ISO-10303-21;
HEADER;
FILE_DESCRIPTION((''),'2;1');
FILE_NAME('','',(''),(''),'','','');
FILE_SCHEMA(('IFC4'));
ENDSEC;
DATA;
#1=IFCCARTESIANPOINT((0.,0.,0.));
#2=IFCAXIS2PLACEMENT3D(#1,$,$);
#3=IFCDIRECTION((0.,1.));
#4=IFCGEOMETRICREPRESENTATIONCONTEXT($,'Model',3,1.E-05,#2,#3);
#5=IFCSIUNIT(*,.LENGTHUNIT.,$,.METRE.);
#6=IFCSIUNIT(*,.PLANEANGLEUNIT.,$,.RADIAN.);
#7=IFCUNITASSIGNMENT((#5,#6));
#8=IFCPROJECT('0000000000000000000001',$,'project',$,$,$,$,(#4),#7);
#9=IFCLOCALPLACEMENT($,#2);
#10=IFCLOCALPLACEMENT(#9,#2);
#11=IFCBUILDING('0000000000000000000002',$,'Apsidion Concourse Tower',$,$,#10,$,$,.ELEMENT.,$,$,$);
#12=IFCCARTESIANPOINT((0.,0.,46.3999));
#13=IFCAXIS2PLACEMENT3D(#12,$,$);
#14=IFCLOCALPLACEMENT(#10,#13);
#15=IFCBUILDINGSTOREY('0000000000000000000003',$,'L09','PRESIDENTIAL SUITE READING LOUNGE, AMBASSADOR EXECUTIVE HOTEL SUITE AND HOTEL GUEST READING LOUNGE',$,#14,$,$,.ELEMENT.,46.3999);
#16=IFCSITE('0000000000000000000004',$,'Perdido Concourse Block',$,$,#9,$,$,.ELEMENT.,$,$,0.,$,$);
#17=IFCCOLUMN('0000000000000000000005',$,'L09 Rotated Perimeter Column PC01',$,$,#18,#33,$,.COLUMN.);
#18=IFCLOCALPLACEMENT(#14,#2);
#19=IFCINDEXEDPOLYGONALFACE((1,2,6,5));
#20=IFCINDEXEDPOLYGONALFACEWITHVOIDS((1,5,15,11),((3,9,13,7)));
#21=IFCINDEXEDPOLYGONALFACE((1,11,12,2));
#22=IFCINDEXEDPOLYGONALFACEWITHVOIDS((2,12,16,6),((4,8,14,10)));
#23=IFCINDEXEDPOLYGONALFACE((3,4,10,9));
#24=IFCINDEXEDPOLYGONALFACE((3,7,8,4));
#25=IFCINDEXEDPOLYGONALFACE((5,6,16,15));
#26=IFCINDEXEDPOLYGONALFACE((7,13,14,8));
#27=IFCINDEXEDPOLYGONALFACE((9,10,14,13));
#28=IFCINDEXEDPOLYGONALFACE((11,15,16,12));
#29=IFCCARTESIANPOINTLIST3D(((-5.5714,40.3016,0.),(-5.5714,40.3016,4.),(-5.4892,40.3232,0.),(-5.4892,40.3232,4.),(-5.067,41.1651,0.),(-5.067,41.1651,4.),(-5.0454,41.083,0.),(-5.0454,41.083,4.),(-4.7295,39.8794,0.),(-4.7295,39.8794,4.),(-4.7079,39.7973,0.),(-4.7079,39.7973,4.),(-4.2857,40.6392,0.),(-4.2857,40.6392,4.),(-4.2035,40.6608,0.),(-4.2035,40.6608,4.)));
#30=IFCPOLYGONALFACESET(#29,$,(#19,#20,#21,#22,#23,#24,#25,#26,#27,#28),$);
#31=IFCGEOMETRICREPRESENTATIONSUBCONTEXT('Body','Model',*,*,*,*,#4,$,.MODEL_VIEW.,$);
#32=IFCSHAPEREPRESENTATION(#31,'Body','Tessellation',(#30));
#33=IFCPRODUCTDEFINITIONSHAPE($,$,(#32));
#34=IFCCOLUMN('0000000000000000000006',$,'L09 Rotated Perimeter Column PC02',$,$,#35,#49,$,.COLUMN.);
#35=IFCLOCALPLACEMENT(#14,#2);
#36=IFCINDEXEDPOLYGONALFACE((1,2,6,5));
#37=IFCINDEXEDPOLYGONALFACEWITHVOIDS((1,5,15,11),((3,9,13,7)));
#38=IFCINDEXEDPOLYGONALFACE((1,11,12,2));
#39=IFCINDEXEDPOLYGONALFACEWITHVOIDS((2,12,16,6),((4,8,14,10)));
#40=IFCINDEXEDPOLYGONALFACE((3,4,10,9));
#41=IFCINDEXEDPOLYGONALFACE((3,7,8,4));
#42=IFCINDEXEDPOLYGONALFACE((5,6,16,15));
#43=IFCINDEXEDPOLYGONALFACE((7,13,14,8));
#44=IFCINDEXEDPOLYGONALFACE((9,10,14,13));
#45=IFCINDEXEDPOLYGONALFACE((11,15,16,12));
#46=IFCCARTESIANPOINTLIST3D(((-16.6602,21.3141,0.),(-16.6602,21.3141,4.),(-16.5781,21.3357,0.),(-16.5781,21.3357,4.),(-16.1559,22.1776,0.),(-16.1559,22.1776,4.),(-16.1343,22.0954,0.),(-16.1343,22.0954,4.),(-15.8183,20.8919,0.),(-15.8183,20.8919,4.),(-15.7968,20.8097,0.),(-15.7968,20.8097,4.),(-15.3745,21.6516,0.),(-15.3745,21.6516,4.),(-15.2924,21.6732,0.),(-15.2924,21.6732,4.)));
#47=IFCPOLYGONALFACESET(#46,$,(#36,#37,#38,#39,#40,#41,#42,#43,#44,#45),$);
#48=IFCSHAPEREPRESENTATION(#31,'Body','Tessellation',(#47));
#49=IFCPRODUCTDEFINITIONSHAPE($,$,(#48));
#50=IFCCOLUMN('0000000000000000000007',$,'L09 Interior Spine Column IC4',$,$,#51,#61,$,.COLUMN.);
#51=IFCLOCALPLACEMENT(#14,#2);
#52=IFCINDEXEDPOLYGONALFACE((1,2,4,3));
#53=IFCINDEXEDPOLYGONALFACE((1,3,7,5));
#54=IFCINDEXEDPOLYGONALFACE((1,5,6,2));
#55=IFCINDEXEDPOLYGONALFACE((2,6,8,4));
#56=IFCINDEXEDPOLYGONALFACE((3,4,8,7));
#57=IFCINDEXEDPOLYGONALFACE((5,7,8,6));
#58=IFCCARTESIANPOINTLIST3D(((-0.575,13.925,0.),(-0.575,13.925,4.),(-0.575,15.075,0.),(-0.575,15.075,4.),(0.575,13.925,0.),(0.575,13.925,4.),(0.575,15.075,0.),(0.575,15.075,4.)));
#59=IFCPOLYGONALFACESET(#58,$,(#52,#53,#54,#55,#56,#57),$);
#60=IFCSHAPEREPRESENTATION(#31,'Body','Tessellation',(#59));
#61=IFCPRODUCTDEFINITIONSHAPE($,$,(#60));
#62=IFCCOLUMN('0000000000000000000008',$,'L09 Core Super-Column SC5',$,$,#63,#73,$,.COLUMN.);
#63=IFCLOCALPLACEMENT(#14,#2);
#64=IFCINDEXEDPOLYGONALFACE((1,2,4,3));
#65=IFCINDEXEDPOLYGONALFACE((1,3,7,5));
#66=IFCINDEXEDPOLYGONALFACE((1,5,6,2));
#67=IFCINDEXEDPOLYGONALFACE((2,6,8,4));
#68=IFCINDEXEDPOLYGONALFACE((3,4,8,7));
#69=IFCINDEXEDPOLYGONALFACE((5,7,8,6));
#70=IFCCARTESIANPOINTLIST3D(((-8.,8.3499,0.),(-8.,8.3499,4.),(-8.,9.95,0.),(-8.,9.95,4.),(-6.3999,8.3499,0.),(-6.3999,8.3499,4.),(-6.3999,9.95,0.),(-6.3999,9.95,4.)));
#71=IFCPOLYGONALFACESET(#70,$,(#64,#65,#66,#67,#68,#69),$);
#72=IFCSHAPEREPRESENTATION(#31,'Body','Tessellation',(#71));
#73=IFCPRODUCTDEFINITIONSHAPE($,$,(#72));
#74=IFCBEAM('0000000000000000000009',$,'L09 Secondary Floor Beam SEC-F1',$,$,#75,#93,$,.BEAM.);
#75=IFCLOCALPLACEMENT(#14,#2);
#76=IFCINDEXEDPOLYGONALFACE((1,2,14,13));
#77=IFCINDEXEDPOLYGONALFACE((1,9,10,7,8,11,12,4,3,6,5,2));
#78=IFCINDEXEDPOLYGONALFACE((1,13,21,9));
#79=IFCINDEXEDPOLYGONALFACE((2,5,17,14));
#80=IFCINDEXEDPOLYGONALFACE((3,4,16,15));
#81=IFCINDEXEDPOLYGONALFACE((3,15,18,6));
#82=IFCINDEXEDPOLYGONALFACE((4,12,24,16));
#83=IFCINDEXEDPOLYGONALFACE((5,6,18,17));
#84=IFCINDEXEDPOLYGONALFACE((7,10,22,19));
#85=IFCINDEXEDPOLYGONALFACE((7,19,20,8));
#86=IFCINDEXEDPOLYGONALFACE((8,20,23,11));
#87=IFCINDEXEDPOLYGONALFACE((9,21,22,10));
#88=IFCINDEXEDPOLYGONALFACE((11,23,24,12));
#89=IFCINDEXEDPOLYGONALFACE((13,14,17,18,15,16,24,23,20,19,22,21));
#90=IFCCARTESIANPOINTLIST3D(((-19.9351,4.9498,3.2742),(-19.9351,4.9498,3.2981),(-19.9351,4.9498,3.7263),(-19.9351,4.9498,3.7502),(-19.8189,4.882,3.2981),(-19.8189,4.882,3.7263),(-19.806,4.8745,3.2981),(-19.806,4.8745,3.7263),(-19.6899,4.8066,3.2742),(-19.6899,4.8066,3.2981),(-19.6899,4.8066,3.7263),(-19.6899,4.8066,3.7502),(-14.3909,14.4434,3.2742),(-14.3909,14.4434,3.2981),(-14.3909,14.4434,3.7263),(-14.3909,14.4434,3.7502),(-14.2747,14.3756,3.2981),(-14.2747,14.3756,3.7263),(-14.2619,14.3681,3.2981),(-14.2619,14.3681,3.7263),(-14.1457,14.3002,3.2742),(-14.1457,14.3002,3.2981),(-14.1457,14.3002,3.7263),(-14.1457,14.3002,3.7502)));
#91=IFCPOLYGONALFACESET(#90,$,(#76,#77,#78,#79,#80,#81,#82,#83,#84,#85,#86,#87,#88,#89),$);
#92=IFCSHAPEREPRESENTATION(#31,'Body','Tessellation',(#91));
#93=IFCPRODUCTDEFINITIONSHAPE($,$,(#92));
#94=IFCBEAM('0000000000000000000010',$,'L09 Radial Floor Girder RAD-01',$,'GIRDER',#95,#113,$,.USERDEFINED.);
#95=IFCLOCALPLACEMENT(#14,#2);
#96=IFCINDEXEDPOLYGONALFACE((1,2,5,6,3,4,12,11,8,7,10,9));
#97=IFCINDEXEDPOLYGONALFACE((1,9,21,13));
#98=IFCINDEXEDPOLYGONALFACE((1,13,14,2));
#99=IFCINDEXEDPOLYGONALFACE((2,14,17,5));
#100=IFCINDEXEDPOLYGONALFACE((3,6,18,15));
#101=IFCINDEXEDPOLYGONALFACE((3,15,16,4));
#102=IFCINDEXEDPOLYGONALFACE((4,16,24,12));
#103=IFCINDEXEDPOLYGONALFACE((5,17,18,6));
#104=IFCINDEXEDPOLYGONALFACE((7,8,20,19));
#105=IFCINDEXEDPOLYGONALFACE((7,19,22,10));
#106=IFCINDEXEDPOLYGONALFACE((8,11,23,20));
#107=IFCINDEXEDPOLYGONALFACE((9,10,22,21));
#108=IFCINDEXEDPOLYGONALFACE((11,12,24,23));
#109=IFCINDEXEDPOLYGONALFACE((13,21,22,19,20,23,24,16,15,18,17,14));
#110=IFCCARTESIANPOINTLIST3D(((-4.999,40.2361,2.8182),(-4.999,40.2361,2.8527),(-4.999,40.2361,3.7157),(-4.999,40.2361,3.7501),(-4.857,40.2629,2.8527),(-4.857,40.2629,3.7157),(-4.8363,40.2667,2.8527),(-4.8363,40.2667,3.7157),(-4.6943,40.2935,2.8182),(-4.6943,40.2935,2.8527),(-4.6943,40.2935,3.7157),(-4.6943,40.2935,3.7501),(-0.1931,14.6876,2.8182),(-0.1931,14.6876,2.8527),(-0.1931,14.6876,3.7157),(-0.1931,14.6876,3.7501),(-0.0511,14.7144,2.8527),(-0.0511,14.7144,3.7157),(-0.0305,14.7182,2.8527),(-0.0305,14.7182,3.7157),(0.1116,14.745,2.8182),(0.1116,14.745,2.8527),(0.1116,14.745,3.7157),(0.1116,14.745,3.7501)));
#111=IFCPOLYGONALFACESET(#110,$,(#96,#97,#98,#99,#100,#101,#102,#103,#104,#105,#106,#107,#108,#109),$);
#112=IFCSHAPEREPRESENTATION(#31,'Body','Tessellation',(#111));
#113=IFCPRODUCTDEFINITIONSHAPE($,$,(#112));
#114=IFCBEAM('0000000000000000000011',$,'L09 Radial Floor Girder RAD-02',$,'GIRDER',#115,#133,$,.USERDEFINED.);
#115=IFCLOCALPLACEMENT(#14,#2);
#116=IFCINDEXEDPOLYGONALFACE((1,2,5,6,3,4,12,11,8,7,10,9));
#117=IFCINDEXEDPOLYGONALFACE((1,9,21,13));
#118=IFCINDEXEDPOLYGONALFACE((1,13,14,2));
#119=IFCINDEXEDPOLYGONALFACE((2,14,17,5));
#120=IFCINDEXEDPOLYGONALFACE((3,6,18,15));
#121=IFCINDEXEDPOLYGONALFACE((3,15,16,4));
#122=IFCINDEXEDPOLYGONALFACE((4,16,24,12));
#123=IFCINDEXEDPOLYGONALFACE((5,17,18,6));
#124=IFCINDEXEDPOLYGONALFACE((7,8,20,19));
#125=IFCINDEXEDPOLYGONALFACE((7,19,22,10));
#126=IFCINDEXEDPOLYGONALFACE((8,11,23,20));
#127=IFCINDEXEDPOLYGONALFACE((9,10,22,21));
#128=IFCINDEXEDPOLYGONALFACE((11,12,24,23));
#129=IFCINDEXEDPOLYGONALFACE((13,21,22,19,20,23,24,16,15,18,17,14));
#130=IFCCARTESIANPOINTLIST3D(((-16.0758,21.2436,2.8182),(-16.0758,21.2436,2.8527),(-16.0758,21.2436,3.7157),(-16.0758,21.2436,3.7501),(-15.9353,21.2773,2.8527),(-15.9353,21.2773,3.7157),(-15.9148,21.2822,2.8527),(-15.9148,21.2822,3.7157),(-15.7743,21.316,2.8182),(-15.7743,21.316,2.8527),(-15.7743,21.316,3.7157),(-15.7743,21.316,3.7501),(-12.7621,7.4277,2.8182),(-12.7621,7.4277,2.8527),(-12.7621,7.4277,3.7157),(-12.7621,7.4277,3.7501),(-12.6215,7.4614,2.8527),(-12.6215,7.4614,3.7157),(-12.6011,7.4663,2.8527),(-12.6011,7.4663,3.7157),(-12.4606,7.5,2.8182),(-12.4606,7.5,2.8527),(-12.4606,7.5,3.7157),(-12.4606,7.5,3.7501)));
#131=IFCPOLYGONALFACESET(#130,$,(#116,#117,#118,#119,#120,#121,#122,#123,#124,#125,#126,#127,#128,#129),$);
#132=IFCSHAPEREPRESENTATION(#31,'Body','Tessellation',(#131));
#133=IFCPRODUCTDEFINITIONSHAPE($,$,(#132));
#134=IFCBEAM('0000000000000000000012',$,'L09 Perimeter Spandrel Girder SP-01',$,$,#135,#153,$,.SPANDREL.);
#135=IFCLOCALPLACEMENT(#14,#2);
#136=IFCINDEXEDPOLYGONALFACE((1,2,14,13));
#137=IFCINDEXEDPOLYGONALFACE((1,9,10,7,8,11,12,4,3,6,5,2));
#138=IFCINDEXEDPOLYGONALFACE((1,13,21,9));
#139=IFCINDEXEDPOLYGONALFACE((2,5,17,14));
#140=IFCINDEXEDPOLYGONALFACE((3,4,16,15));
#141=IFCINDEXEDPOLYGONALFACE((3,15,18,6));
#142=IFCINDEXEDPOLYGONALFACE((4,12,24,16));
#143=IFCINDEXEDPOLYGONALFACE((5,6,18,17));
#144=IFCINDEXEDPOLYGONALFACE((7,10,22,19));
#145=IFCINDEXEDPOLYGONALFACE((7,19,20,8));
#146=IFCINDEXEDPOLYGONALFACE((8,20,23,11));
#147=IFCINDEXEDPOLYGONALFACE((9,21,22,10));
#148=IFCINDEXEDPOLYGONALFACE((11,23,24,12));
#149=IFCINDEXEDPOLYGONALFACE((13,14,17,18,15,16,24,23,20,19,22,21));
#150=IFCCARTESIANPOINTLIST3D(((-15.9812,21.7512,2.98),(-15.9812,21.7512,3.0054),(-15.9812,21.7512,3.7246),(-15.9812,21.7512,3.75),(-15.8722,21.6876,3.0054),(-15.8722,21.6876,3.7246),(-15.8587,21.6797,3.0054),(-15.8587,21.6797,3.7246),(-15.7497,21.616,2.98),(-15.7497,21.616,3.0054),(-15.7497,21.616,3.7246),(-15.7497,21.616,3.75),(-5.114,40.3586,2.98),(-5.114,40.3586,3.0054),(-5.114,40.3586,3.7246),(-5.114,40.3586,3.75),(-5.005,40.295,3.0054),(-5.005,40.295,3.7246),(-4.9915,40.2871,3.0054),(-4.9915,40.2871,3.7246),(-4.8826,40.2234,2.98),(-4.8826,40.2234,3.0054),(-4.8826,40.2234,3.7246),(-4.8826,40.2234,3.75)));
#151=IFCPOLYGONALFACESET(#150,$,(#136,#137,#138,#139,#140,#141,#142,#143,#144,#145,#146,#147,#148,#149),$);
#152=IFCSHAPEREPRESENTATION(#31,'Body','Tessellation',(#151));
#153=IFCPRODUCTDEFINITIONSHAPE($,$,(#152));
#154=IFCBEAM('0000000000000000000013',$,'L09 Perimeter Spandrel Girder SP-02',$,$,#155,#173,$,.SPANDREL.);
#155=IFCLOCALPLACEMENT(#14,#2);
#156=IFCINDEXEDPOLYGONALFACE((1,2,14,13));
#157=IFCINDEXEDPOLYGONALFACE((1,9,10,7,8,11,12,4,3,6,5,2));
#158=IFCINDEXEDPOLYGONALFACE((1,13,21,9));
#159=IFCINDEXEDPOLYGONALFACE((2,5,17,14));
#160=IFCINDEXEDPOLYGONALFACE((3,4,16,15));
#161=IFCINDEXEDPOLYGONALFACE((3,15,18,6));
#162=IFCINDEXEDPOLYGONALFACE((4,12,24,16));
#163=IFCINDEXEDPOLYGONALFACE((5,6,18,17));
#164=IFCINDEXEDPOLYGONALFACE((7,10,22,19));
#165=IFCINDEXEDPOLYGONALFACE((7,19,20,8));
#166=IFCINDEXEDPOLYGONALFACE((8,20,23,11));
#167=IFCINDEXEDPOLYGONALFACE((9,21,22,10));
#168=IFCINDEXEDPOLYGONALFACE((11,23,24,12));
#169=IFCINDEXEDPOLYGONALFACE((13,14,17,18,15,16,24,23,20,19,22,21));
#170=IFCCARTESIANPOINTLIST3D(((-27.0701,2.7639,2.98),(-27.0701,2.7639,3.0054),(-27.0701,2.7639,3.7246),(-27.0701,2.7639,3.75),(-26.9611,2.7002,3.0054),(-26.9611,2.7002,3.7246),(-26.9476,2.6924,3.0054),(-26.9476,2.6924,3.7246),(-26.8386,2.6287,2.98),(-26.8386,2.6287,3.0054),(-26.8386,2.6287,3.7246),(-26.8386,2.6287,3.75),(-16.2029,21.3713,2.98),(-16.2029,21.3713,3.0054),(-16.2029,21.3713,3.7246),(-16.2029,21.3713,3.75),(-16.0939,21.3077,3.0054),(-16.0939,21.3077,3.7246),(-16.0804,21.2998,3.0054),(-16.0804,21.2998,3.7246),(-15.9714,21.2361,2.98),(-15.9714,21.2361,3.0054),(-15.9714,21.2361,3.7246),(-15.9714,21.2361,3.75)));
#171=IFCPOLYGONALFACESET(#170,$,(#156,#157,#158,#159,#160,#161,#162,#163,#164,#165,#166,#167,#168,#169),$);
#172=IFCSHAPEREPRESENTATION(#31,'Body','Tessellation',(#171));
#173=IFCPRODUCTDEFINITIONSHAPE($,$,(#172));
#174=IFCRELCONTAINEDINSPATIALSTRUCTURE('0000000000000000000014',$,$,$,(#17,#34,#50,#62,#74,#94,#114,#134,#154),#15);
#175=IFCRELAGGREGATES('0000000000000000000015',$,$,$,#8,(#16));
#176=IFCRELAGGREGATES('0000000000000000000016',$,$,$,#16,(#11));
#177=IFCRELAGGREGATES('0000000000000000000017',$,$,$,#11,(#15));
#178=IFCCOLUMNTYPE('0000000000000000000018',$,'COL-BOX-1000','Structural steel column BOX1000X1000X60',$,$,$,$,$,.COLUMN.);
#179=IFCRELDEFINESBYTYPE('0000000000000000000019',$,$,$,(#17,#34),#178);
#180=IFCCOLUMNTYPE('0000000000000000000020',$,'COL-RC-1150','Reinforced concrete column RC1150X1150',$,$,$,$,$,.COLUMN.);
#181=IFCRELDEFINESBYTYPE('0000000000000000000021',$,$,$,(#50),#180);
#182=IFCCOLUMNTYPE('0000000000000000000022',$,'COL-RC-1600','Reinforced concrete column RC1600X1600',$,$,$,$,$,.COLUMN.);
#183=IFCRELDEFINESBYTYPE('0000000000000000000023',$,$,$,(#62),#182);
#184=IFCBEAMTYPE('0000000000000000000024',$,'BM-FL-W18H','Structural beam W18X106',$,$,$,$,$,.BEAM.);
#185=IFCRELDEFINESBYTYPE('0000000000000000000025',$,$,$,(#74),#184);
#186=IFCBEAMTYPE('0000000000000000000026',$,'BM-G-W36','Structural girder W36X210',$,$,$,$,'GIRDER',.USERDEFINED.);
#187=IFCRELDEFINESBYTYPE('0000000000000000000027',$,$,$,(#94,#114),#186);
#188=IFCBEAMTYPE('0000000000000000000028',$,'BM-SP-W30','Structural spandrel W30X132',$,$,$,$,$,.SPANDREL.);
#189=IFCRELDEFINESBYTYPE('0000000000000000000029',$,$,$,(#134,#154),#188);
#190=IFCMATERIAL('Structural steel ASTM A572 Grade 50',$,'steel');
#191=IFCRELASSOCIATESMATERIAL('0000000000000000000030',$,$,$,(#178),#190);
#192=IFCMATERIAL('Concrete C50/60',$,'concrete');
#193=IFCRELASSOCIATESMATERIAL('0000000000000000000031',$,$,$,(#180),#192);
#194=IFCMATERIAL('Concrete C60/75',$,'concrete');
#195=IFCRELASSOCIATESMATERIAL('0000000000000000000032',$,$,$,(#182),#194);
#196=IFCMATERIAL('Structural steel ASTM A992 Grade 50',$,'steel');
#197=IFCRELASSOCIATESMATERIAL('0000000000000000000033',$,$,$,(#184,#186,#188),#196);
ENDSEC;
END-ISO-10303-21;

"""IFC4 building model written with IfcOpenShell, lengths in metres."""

from ifc_helpers import new_model, si_unit, direction, frame, origin, origin_2d, place, context, subcontext, project, spatial, rectangle, hollow_rectangle, i_section, extrude, material, material_profile, profile_set, type_object, element, save


model = new_model("IFC4")

# Units and contexts
model_context = context("Model", 3, precision=1e-05, world=origin(), true_north=direction((0.0, 1.0)))
body_context = subcontext(model_context, "Body", "Model", "MODEL_VIEW")
ifc_project = project(units=[si_unit("LENGTHUNIT", "METRE"), si_unit("PLANEANGLEUNIT", "RADIAN")], contexts=[model_context])

# Site, building, storey
site_placement = place(None, origin())
site = spatial("IfcSite", under=ifc_project, at=site_placement, Name="Perdido Concourse Block", CompositionType="ELEMENT", RefElevation=0.0)
building_placement = place(site_placement, origin())
building = spatial("IfcBuilding", under=site, at=building_placement, Name="Apsidion Concourse Tower", CompositionType="ELEMENT")
storey_placement = place(building_placement, frame((0.0, 0.0, 46.3999)))
storey = spatial("IfcBuildingStorey", under=building, at=storey_placement, Name="L09", Description="PRESIDENTIAL SUITE READING LOUNGE, AMBASSADOR EXECUTIVE HOTEL SUITE AND HOTEL GUEST READING LOUNGE", CompositionType="ELEMENT", Elevation=46.3999)

# Columns
ifc_material_1 = material(Name="Structural steel ASTM A572 Grade 50", Category="steel")
ifc_material_profile_1 = material_profile(ifc_material_1, hollow_rectangle(XDim=1.0, YDim=1.0, WallThickness=0.0601, at=origin_2d()), Name="BOX1000X1000X60")
ifc_profile_set_1 = profile_set([ifc_material_profile_1], Name="Structural steel ASTM A572 Grade 50")
column_type_1 = type_object("IfcColumnType", Name="COL-BOX-1000", Description="Structural steel column BOX1000X1000X60", PredefinedType="COLUMN", material=ifc_profile_set_1)
for number, where, z_axis, x_axis, name in (
    (1, (-4.8875, 40.4812, 0.0), (0.0, 0.0, 1.0), (0.504377, 0.863484, 0.0), "L09 Rotated Perimeter Column PC01"),
    (2, (-15.9763, 21.4937, 0.0), (0.0, 0.0, 1.0), (0.504377, 0.863484, 0.0), "L09 Rotated Perimeter Column PC02"),
):
    element("IfcColumn", number, at=place(storey_placement, frame(where, z_axis=z_axis, x_axis=x_axis)), inside=storey, type_object=column_type_1, Name=name, PredefinedType="COLUMN", context=body_context, shape_type="SweptSolid", body=[
        extrude(hollow_rectangle(XDim=1.0, YDim=1.0, WallThickness=0.0601, at=origin_2d()), origin(), (0.0, 0.0, 1.0), 4.0),
    ])
ifc_material_2 = material(Name="Concrete C50/60", Category="concrete")
ifc_material_profile_2 = material_profile(ifc_material_2, rectangle(XDim=1.1499, YDim=1.1499, at=origin_2d()), Name="RC 1150x1150")
ifc_profile_set_2 = profile_set([ifc_material_profile_2], Name="Concrete C50/60")
column_type_2 = type_object("IfcColumnType", Name="COL-RC-1150", Description="Reinforced concrete column RC1150X1150", PredefinedType="COLUMN", material=ifc_profile_set_2)
column_1_placement = place(storey_placement, frame((0.0, 14.5, 0.0), z_axis=(0.0, 0.0, 1.0), x_axis=(1.0, 0.0, 0.0)))
element("IfcColumn", 3, at=column_1_placement, inside=storey, type_object=column_type_2, Name="L09 Interior Spine Column IC4", PredefinedType="COLUMN", context=body_context, shape_type="SweptSolid", body=[
    extrude(rectangle(XDim=1.1499, YDim=1.1499, at=origin_2d()), origin(), (0.0, 0.0, 1.0), 4.0),
])
ifc_material_3 = material(Name="Concrete C60/75", Category="concrete")
ifc_material_profile_3 = material_profile(ifc_material_3, rectangle(XDim=1.6001, YDim=1.6001, at=origin_2d()), Name="RC 1600x1600")
ifc_profile_set_3 = profile_set([ifc_material_profile_3], Name="Concrete C60/75")
column_type_3 = type_object("IfcColumnType", Name="COL-RC-1600", Description="Reinforced concrete column RC1600X1600", PredefinedType="COLUMN", material=ifc_profile_set_3)
column_2_placement = place(storey_placement, frame((-7.2, 9.1499, 0.0), z_axis=(0.0, 0.0, 1.0), x_axis=(1.0, 0.0, 0.0)))
element("IfcColumn", 4, at=column_2_placement, inside=storey, type_object=column_type_3, Name="L09 Core Super-Column SC5", PredefinedType="COLUMN", context=body_context, shape_type="SweptSolid", body=[
    extrude(rectangle(XDim=1.6001, YDim=1.6001, at=origin_2d()), origin(), (0.0, 0.0, 1.0), 4.0),
])

# Beams
ifc_material_4 = material(Name="Structural steel ASTM A992 Grade 50", Category="steel")
ifc_material_profile_4 = material_profile(ifc_material_4, i_section(OverallWidth=0.2839, OverallDepth=0.4761, WebThickness=0.0149, FlangeThickness=0.0239, at=origin_2d()), Name="W18X106")
ifc_profile_set_4 = profile_set([ifc_material_profile_4], Name="Structural steel ASTM A992 Grade 50")
beam_type_1 = type_object("IfcBeamType", Name="BM-FL-W18H", Description="Structural beam W18X106", PredefinedType="BEAM", material=ifc_profile_set_4)
beam_1_placement = place(storey_placement, frame((-14.2683, 14.3718, 3.5122), z_axis=(-0.504293, -0.863532, 0.0), x_axis=(0.863532, -0.504293, 0.0)))
element("IfcBeam", 5, at=beam_1_placement, inside=storey, type_object=beam_type_1, Name="L09 Secondary Floor Beam SEC-F1", PredefinedType="BEAM", context=body_context, shape_type="SweptSolid", body=[
    extrude(i_section(OverallWidth=0.2839, OverallDepth=0.4761, WebThickness=0.0149, FlangeThickness=0.0239, at=origin_2d()), origin(), (0.0, 0.0, 1.0), 10.9939),
])
ifc_material_profile_5 = material_profile(ifc_material_4, i_section(OverallWidth=0.3101, OverallDepth=0.9319, WebThickness=0.021, FlangeThickness=0.0344, at=origin_2d()), Name="W36X210")
ifc_profile_set_5 = profile_set([ifc_material_profile_5], Name="Structural steel ASTM A992 Grade 50")
beam_type_2 = type_object("IfcBeamType", Name="BM-G-W36", Description="Structural girder W36X210", ElementType="GIRDER", PredefinedType="USERDEFINED", material=ifc_profile_set_5)
beam_2_placement = place(storey_placement, frame((-0.0408, 14.7163, 3.2842), z_axis=(-0.184866, 0.982764, 0.0), x_axis=(-0.982764, -0.184866, 0.0)))
element("IfcBeam", 6, at=beam_2_placement, inside=storey, type_object=beam_type_2, Name="L09 Radial Floor Girder RAD-01", ObjectType="GIRDER", PredefinedType="USERDEFINED", context=body_context, shape_type="SweptSolid", body=[
    extrude(i_section(OverallWidth=0.3101, OverallDepth=0.9319, WebThickness=0.021, FlangeThickness=0.0344, at=origin_2d()), origin(), (0.0, 0.0, 1.0), 25.9966),
])
beam_3_placement = place(storey_placement, frame((-12.6113, 7.4639, 3.2842), z_axis=(-0.233233, 0.972421, 0.0), x_axis=(-0.972421, -0.233233, 0.0)))
element("IfcBeam", 7, at=beam_3_placement, inside=storey, type_object=beam_type_2, Name="L09 Radial Floor Girder RAD-02", ObjectType="GIRDER", PredefinedType="USERDEFINED", context=body_context, shape_type="SweptSolid", body=[
    extrude(i_section(OverallWidth=0.3101, OverallDepth=0.9319, WebThickness=0.021, FlangeThickness=0.0344, at=origin_2d()), origin(), (0.0, 0.0, 1.0), 14.2078),
])
ifc_material_profile_6 = material_profile(ifc_material_4, i_section(OverallWidth=0.2681, OverallDepth=0.77, WebThickness=0.0156, FlangeThickness=0.0254, at=origin_2d()), Name="W30X132")
ifc_profile_set_6 = profile_set([ifc_material_profile_6], Name="Structural steel ASTM A992 Grade 50")
beam_type_3 = type_object("IfcBeamType", Name="BM-SP-W30", Description="Structural spandrel W30X132", PredefinedType="SPANDREL", material=ifc_profile_set_6)
for number, where, z_axis, x_axis, name in (
    (8, (-4.9983, 40.291, 3.365), (-0.504316, -0.863519, 0.0), (0.863519, -0.504316, 0.0), "L09 Perimeter Spandrel Girder SP-01"),
    (9, (-16.0872, 21.3037, 3.365), (-0.504316, -0.863519, 0.0), (0.863519, -0.504316, 0.0), "L09 Perimeter Spandrel Girder SP-02"),
):
    element("IfcBeam", number, at=place(storey_placement, frame(where, z_axis=z_axis, x_axis=x_axis)), inside=storey, type_object=beam_type_3, Name=name, PredefinedType="SPANDREL", context=body_context, shape_type="SweptSolid", body=[
        extrude(i_section(OverallWidth=0.2681, OverallDepth=0.77, WebThickness=0.0156, FlangeThickness=0.0254, at=origin_2d()), origin(), (0.0, 0.0, 1.0), 21.5483),
    ])

save(model, "model.ifc")
